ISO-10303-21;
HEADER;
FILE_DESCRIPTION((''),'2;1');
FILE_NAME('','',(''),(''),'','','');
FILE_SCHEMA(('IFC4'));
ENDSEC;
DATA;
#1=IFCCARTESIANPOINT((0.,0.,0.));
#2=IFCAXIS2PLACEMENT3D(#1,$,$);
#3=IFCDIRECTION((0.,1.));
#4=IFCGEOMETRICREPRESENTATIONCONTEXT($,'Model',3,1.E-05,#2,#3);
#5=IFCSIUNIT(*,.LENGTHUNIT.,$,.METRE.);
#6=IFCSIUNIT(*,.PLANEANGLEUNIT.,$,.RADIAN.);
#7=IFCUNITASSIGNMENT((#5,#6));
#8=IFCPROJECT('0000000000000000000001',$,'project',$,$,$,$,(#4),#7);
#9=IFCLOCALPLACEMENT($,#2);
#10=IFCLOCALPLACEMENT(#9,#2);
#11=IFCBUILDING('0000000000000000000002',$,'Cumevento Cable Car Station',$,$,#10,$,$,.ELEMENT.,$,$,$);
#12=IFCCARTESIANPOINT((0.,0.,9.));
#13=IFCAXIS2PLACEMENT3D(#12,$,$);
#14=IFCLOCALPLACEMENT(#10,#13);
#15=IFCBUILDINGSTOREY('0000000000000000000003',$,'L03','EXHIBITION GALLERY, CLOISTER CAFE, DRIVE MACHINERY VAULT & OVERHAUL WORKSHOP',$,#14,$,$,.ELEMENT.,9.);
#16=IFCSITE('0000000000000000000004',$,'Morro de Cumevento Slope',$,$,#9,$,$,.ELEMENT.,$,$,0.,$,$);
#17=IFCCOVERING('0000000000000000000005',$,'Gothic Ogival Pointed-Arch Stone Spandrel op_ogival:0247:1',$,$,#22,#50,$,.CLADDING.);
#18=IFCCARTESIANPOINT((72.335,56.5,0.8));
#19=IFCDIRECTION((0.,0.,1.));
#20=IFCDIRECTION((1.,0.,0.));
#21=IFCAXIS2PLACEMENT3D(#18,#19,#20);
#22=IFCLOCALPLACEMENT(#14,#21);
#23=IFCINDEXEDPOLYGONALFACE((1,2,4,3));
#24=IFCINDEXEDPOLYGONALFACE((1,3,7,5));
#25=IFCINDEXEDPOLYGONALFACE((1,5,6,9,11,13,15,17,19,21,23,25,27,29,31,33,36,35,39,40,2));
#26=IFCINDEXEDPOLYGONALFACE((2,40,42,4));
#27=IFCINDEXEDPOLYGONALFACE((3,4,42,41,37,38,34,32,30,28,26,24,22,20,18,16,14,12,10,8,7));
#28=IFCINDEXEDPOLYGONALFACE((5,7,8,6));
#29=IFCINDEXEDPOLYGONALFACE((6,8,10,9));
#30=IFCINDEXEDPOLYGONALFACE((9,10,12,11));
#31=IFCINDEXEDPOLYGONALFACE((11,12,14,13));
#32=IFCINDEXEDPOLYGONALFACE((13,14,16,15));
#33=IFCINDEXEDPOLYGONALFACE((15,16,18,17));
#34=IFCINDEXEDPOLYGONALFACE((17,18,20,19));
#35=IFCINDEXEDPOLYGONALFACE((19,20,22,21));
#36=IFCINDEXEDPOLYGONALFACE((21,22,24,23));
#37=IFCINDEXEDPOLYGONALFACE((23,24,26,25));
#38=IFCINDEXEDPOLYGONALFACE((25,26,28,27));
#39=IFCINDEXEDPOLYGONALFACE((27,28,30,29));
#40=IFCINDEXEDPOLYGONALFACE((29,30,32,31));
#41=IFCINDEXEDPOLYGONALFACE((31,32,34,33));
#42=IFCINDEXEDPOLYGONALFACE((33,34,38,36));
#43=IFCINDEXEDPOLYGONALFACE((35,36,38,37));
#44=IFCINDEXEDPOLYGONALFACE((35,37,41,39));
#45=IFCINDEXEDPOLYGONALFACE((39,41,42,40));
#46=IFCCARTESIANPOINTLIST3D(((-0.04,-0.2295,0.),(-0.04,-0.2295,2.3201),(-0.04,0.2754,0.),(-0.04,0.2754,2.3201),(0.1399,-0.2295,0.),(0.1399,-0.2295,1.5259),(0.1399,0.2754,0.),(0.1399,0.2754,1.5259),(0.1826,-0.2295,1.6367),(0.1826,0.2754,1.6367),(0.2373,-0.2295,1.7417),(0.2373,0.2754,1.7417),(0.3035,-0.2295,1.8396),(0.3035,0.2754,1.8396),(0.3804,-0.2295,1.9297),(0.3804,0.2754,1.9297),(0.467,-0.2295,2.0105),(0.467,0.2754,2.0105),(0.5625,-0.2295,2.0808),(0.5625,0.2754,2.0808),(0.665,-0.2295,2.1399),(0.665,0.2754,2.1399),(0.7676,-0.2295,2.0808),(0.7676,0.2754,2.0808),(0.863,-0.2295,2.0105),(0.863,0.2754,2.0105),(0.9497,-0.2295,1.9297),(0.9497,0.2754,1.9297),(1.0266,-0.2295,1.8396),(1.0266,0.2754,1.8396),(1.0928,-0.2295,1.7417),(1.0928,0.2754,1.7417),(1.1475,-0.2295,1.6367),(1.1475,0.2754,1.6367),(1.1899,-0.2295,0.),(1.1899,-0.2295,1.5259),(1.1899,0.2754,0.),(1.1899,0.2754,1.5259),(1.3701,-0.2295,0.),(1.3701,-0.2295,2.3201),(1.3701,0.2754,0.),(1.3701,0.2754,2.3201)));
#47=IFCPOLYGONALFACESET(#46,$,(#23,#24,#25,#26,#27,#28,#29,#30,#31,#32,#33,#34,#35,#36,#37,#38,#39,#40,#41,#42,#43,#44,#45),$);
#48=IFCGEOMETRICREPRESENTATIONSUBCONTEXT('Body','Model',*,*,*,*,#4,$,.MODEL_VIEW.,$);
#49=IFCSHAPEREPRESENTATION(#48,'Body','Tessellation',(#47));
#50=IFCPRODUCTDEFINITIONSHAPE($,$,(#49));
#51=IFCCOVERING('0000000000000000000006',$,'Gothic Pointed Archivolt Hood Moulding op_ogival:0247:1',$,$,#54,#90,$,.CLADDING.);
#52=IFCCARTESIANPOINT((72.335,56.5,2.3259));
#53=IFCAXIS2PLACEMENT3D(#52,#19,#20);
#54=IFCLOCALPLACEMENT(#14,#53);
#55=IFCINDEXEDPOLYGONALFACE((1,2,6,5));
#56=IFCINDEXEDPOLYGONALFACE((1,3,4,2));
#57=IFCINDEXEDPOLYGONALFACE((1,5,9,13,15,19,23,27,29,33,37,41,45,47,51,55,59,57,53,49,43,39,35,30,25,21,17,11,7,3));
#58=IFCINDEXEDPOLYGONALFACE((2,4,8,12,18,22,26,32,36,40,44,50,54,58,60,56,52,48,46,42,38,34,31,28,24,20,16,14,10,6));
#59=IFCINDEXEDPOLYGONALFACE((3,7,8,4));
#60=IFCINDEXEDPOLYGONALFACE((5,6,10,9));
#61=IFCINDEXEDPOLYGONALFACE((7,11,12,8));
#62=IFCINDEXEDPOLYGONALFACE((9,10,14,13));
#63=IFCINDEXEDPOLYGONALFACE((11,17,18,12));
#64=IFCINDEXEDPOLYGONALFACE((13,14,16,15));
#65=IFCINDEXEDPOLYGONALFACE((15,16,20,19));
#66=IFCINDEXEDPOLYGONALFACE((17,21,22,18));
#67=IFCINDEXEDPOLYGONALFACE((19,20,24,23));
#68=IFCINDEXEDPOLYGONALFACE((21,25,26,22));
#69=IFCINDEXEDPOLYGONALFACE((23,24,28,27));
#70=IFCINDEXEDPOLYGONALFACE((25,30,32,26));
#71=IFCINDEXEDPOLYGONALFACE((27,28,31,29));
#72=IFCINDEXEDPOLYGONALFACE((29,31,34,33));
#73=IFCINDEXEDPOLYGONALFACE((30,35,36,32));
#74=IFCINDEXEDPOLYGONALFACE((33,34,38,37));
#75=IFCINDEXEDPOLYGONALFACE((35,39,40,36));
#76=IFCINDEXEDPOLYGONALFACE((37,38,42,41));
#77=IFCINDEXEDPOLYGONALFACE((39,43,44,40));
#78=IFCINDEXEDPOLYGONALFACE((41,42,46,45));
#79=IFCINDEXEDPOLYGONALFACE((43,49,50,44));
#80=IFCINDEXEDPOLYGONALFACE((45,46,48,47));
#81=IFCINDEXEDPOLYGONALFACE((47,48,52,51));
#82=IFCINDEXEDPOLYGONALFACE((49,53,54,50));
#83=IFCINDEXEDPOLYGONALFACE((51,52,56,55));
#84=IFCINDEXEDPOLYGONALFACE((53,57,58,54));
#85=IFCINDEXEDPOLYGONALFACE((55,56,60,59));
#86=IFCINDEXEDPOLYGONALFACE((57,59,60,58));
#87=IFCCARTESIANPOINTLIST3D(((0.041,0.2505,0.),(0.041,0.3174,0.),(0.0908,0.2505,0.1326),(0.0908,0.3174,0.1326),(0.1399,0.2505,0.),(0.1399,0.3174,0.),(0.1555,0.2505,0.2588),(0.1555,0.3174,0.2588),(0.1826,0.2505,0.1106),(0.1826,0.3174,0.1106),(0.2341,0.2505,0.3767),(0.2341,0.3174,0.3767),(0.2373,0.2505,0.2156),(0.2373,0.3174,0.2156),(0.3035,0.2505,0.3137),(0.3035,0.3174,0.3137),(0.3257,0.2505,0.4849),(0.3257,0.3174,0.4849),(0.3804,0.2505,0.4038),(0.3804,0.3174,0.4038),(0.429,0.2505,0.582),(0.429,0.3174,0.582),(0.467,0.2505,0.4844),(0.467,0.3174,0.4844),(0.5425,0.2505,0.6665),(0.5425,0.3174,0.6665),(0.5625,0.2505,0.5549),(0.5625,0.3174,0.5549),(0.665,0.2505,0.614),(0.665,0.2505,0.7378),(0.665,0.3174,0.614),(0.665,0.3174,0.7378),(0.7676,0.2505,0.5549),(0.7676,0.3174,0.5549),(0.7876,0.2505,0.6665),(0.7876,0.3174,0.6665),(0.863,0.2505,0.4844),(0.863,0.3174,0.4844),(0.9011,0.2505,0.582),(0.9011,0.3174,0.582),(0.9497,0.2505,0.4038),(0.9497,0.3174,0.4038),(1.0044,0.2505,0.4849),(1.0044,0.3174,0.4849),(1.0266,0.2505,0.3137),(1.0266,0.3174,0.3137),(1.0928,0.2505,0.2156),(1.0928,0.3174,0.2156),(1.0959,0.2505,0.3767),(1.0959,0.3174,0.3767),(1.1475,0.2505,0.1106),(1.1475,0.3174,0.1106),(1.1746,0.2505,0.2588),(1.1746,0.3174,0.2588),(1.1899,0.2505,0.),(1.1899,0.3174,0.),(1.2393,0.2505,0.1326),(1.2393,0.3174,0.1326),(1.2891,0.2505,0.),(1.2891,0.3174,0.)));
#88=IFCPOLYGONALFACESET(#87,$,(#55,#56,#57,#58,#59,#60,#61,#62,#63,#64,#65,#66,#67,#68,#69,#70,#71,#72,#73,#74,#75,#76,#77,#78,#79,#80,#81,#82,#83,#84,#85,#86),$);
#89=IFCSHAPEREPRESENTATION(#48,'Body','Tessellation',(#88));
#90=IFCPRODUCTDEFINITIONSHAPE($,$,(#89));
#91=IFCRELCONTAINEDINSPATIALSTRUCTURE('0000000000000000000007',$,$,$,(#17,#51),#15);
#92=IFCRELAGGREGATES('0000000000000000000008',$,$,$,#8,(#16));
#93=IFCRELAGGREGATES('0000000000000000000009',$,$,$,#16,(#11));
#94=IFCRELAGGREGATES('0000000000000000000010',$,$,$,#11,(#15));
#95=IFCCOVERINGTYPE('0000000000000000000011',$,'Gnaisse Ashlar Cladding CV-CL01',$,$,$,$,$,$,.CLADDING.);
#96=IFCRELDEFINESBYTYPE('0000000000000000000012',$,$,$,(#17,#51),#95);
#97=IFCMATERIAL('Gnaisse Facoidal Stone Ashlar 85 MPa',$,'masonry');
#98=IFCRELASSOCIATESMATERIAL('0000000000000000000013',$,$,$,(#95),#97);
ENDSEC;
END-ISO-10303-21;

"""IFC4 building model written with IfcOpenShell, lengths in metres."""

from ifc_helpers import new_model, si_unit, direction, frame, origin, place, context, subcontext, project, spatial, polyline, outline, extrude, material, type_object, element, save


model = new_model("IFC4")

# Units and contexts
model_context = context("Model", 3, precision=1e-05, world=origin(), true_north=direction((0.0, 1.0)))
body_context = subcontext(model_context, "Body", "Model", "MODEL_VIEW")
ifc_project = project(units=[si_unit("LENGTHUNIT", "METRE"), si_unit("PLANEANGLEUNIT", "RADIAN")], contexts=[model_context])

# Site, building, storey
site_placement = place(None, origin())
site = spatial("IfcSite", under=ifc_project, at=site_placement, Name="Morro de Cumevento Slope", CompositionType="ELEMENT", RefElevation=0.0)
building_placement = place(site_placement, origin())
building = spatial("IfcBuilding", under=site, at=building_placement, Name="Cumevento Cable Car Station", CompositionType="ELEMENT")
storey_placement = place(building_placement, frame((0.0, 0.0, 9.0)))
storey = spatial("IfcBuildingStorey", under=building, at=storey_placement, Name="L03", Description="EXHIBITION GALLERY, CLOISTER CAFE, DRIVE MACHINERY VAULT & OVERHAUL WORKSHOP", CompositionType="ELEMENT", Elevation=9.0)

# Coverings
ifc_material_1 = material(Name="Gnaisse Facoidal Stone Ashlar 85 MPa", Category="masonry")
covering_type = type_object("IfcCoveringType", Name="Gnaisse Ashlar Cladding CV-CL01", PredefinedType="CLADDING", material=ifc_material_1)
covering_1_placement = place(storey_placement, frame((72.335, 56.5, 0.8), z_axis=(0.0, 0.0, 1.0), x_axis=(1.0, 0.0, 0.0)))
element("IfcCovering", 1, at=covering_1_placement, inside=storey, type_object=covering_type, Name="Gothic Ogival Pointed-Arch Stone Spandrel op_ogival:0247:1", PredefinedType="CLADDING", context=body_context, shape_type="SweptSolid", body=[
    extrude(outline(polyline([(-0.04, 0.0), (-0.04, 2.3201), (1.3701, 2.3201), (1.3701, 0.0), (1.1899, 0.0), (1.1899, 1.5259), (1.1475, 1.6367), (1.0928, 1.7417), (1.0266, 1.8396), (0.9497, 1.9297), (0.863, 2.0105), (0.7676, 2.0808), (0.665, 2.1399), (0.5625, 2.0808), (0.467, 2.0105), (0.3804, 1.9297), (0.3035, 1.8396), (0.2373, 1.7417), (0.1826, 1.6367), (0.1399, 1.5259), (0.1399, 0.0), (-0.04, 0.0)])), frame((0.0, 0.2754, 0.0), z_axis=(0.0, -1.0, 0.0), x_axis=(1.0, 0.0, 0.0)), (0.0, 0.0, 1.0), 0.5049),
])
covering_2_placement = place(storey_placement, frame((72.335, 56.5, 2.3259), z_axis=(0.0, 0.0, 1.0), x_axis=(1.0, 0.0, 0.0)))
element("IfcCovering", 2, at=covering_2_placement, inside=storey, type_object=covering_type, Name="Gothic Pointed Archivolt Hood Moulding op_ogival:0247:1", PredefinedType="CLADDING", context=body_context, shape_type="SweptSolid", body=[
    extrude(outline(polyline([(0.1399, 0.0), (0.1826, 0.1106), (0.2373, 0.2156), (0.3035, 0.3137), (0.3804, 0.4038), (0.467, 0.4844), (0.5625, 0.5549), (0.665, 0.614), (0.7676, 0.5549), (0.863, 0.4844), (0.9497, 0.4038), (1.0266, 0.3137), (1.0928, 0.2156), (1.1475, 0.1106), (1.1899, 0.0), (1.2891, 0.0), (1.2393, 0.1326), (1.1746, 0.2588), (1.0959, 0.3767), (1.0044, 0.4849), (0.9011, 0.582), (0.7876, 0.6665), (0.665, 0.7378), (0.5425, 0.6665), (0.429, 0.582), (0.3257, 0.4849), (0.2341, 0.3767), (0.1555, 0.2588), (0.0908, 0.1326), (0.041, 0.0), (0.1399, 0.0)])), frame((0.0, 0.3174, 0.0), z_axis=(0.0, -1.0, 0.0), x_axis=(1.0, 0.0, 0.0)), (0.0, 0.0, 1.0), 0.0669),
])

save(model, "model.ifc")
